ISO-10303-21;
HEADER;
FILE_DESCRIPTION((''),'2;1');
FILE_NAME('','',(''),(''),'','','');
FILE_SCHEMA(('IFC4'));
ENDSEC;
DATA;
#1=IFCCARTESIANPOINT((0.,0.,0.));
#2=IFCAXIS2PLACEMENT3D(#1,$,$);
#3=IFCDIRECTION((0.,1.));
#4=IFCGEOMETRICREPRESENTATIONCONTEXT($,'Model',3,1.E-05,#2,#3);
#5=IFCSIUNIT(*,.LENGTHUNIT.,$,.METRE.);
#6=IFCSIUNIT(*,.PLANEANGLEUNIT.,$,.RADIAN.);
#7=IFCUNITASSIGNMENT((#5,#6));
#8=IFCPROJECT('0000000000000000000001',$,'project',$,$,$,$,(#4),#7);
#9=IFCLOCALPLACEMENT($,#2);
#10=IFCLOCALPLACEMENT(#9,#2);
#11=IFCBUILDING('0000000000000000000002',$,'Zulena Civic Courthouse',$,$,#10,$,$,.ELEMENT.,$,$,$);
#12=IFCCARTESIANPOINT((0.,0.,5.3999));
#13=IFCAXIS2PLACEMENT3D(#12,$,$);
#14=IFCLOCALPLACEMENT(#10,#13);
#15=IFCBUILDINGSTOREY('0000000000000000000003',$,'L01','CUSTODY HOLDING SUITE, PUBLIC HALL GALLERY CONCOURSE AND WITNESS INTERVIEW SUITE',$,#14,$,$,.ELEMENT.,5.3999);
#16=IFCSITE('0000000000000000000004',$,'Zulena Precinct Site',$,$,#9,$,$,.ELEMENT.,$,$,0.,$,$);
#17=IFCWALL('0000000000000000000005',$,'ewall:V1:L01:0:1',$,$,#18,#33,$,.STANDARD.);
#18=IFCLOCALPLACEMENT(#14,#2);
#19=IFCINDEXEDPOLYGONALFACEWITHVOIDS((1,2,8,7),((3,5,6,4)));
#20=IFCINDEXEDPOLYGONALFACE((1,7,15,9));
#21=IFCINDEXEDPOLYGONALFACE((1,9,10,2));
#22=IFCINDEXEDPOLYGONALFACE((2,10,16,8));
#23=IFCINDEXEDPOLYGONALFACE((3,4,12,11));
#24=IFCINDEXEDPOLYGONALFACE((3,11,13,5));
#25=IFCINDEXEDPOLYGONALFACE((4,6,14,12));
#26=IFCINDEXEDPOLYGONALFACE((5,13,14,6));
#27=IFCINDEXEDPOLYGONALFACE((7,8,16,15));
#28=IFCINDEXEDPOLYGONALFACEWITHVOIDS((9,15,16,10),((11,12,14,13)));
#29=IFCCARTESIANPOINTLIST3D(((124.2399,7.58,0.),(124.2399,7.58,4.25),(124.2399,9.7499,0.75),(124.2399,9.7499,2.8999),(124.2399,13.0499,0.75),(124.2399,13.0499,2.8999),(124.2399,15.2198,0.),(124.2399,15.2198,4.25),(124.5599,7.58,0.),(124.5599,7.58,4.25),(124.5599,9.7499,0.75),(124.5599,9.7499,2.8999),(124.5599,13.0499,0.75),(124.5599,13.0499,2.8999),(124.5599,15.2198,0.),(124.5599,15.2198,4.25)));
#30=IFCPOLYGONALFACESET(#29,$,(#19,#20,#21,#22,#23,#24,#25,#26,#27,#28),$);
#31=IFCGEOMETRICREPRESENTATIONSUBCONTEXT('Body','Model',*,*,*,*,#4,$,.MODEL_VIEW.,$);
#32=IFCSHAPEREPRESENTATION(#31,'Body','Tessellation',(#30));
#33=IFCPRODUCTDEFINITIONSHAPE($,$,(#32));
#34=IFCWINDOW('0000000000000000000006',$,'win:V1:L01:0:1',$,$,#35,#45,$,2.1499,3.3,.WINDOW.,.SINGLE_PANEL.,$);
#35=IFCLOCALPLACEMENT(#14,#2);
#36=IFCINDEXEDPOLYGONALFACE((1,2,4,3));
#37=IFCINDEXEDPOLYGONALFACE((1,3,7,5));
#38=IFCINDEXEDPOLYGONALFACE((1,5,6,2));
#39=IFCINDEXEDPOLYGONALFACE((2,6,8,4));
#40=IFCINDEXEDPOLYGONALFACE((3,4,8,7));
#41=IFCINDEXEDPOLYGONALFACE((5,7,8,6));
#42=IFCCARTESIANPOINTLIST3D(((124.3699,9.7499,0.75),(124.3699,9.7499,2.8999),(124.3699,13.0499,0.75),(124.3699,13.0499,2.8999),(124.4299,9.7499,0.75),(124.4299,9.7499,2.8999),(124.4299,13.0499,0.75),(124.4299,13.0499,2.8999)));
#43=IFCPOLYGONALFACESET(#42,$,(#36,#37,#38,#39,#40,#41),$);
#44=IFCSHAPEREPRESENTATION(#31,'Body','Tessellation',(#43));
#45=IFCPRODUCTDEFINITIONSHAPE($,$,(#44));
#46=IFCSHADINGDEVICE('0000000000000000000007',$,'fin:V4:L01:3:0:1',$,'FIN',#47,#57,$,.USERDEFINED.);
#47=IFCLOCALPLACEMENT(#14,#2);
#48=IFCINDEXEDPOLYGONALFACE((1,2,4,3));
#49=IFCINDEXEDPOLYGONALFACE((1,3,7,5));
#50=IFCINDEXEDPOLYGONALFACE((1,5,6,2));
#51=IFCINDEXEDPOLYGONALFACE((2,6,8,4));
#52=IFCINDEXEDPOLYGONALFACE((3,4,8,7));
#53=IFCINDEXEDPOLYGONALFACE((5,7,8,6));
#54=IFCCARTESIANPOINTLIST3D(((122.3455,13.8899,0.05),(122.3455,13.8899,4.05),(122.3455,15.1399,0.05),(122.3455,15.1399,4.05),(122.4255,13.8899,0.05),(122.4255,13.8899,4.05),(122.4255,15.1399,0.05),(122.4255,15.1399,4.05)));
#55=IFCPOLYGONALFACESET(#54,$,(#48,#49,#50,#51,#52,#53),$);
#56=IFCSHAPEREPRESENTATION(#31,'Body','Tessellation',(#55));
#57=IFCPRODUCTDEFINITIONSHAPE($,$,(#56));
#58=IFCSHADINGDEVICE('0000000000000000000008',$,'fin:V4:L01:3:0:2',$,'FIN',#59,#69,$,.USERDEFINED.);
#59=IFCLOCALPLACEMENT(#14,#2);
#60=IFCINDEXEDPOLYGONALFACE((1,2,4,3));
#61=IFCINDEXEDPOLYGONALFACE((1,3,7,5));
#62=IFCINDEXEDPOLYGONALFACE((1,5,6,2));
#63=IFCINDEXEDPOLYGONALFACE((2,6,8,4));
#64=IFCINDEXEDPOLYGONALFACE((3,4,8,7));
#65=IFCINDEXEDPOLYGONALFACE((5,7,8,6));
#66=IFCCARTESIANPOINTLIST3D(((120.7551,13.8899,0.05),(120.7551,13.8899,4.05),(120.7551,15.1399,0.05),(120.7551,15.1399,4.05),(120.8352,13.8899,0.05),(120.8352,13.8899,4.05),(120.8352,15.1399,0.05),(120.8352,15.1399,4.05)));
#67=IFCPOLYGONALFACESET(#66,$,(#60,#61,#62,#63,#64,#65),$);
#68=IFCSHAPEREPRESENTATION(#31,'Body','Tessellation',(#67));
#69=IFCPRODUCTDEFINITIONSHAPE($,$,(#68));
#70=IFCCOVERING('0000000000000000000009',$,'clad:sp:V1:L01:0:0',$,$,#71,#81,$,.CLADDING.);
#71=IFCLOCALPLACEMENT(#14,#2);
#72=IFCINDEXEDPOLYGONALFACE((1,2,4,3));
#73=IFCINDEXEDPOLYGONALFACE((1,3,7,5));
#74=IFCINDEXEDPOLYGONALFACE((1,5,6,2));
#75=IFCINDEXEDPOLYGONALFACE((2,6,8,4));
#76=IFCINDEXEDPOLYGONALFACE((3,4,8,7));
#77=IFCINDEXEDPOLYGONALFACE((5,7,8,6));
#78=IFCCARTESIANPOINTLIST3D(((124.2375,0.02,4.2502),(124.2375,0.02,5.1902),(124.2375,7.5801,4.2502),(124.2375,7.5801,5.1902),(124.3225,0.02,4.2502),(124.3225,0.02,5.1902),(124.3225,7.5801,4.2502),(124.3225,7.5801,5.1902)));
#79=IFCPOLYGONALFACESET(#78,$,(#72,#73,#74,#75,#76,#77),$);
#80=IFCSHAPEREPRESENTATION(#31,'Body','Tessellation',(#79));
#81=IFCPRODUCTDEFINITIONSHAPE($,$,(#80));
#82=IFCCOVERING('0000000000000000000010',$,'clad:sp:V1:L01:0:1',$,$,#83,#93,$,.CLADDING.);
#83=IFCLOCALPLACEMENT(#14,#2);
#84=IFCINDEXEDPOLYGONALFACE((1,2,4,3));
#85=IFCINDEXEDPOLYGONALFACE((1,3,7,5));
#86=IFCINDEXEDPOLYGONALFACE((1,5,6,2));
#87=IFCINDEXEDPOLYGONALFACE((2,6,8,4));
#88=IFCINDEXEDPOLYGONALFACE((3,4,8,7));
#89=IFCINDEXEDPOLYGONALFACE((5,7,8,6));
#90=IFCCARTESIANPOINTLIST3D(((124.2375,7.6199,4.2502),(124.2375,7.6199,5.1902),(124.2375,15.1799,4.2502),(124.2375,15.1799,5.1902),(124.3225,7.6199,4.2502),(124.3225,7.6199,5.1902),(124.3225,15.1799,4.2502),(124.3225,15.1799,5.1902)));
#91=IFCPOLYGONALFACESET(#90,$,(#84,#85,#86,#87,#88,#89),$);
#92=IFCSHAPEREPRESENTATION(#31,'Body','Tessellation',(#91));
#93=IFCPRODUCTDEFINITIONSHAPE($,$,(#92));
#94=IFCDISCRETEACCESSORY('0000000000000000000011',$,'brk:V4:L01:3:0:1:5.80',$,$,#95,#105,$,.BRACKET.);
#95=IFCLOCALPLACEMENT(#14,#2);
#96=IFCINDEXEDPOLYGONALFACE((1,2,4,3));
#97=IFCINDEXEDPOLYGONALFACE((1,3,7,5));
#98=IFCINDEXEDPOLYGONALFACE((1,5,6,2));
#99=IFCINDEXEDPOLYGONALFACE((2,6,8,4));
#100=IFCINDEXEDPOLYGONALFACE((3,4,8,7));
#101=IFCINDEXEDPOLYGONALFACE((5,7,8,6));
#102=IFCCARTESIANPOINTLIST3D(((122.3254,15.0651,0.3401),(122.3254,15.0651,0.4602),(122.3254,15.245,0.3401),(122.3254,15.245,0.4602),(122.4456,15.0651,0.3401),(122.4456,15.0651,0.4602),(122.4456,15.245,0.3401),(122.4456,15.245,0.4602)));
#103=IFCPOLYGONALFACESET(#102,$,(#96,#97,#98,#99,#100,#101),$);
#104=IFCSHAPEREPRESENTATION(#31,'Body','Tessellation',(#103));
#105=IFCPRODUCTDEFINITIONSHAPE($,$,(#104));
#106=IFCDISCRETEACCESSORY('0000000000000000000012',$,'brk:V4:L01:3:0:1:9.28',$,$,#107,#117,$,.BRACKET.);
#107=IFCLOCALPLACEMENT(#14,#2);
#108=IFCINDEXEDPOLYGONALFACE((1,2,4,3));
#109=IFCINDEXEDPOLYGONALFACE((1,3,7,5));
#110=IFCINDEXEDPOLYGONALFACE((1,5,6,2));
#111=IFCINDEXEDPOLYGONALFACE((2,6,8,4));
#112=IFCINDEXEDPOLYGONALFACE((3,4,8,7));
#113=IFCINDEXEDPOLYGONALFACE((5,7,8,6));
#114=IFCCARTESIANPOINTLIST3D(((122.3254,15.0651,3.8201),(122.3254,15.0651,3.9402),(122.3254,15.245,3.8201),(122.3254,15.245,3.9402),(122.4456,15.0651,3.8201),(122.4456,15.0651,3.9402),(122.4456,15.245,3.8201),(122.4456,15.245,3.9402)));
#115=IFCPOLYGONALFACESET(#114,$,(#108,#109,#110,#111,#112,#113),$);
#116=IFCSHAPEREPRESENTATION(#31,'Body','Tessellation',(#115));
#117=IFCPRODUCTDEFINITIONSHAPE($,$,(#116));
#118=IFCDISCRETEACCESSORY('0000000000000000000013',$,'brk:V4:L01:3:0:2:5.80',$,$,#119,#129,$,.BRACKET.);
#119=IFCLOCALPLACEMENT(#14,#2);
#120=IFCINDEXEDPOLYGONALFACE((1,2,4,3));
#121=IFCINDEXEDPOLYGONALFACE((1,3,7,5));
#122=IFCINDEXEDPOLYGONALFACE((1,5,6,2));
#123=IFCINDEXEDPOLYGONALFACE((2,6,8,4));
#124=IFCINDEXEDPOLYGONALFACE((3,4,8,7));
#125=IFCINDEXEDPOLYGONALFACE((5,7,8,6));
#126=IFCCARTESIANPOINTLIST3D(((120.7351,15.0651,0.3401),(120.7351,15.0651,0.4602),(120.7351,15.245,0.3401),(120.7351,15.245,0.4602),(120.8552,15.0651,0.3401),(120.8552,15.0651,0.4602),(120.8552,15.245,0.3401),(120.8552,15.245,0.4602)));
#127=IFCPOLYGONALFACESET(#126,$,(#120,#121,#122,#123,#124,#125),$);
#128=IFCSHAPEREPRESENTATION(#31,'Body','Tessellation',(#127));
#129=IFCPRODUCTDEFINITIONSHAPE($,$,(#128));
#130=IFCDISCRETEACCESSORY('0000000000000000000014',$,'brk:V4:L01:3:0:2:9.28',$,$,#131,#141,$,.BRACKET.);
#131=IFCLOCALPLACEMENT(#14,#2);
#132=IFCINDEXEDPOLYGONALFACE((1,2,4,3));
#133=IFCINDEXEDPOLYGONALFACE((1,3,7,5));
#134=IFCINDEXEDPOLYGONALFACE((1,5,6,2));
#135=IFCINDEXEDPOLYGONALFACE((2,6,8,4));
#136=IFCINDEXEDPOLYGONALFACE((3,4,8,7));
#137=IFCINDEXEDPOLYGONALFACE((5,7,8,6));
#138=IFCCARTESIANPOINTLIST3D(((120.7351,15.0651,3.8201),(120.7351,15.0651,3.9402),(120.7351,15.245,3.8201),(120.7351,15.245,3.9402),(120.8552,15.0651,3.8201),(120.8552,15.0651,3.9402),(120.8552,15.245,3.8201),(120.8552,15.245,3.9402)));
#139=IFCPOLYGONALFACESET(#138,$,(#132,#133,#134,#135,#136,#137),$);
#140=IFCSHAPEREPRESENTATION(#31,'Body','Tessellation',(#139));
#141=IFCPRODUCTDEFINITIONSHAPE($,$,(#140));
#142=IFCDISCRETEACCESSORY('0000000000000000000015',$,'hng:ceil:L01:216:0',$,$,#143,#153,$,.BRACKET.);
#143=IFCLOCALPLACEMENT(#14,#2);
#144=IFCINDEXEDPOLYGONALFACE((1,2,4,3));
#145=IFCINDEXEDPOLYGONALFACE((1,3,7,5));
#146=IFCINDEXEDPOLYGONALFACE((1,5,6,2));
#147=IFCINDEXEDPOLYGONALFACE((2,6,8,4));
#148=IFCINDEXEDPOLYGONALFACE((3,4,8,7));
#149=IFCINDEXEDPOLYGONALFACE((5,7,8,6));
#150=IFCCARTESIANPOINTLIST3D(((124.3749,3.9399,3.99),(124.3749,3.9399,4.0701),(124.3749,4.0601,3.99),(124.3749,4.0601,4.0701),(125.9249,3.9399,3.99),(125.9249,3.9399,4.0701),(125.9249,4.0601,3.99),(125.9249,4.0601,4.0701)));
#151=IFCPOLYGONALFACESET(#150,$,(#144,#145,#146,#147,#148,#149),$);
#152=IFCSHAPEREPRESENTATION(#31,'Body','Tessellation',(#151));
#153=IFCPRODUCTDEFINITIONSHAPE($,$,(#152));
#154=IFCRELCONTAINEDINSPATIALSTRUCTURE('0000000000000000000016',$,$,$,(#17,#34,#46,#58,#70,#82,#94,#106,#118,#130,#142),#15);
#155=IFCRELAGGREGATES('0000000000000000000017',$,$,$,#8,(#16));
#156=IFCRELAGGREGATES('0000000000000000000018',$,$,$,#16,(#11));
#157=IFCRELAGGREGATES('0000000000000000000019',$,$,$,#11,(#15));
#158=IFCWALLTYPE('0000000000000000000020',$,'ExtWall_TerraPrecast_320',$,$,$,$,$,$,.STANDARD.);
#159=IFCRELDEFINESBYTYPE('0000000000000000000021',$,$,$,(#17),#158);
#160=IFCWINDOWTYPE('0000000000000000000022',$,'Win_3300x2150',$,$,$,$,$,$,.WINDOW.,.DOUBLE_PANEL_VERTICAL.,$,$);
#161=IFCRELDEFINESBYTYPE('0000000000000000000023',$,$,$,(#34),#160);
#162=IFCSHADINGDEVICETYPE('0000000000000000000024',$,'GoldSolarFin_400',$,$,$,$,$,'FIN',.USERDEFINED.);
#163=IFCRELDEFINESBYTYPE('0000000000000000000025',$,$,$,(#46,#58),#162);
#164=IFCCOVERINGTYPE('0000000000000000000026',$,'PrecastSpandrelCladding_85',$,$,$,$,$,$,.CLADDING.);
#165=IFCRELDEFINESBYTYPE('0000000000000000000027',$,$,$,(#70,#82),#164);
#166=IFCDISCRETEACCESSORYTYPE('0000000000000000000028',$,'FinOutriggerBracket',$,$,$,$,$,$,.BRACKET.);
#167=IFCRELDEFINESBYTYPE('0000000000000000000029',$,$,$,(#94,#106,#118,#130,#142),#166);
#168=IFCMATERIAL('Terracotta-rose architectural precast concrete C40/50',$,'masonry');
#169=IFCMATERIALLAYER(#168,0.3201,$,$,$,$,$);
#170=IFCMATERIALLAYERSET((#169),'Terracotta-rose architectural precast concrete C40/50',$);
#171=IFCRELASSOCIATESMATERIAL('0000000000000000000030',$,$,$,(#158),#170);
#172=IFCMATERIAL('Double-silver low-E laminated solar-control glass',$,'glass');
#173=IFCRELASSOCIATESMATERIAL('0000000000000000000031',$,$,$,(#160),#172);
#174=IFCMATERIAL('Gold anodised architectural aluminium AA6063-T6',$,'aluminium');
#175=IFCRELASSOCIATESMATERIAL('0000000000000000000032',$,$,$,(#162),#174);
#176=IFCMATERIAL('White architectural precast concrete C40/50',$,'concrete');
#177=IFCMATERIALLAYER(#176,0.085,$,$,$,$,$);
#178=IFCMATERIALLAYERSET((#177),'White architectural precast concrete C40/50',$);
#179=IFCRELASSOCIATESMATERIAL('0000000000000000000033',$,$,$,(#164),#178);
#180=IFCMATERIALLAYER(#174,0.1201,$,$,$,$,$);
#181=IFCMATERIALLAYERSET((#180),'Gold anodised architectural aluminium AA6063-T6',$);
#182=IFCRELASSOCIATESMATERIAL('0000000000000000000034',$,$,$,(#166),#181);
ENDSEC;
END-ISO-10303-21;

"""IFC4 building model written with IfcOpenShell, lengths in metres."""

from ifc_helpers import new_model, si_unit, direction, frame, frame_2d, origin, origin_2d, place, context, subcontext, project, spatial, rectangle, extrude, material, layer, layer_set, type_object, element, fill, save


model = new_model("IFC4")

# Units and contexts
model_context = context("Model", 3, precision=1e-05, world=origin(), true_north=direction((0.0, 1.0)))
body_context = subcontext(model_context, "Body", "Model", "MODEL_VIEW")
ifc_project = project(units=[si_unit("LENGTHUNIT", "METRE"), si_unit("PLANEANGLEUNIT", "RADIAN")], contexts=[model_context])

# Site, building, storey
site_placement = place(None, origin())
site = spatial("IfcSite", under=ifc_project, at=site_placement, Name="Zulena Precinct Site", CompositionType="ELEMENT", RefElevation=0.0)
building_placement = place(site_placement, origin())
building = spatial("IfcBuilding", under=site, at=building_placement, Name="Zulena Civic Courthouse", CompositionType="ELEMENT")
storey_placement = place(building_placement, frame((0.0, 0.0, 5.3999)))
storey = spatial("IfcBuildingStorey", under=building, at=storey_placement, Name="L01", Description="CUSTODY HOLDING SUITE, PUBLIC HALL GALLERY CONCOURSE AND WITNESS INTERVIEW SUITE", CompositionType="ELEMENT", Elevation=5.3999)

# Shared definitions
ifc_material_1 = material(Name="Double-silver low-E laminated solar-control glass", Category="glass")

# Wall, opening, window
ifc_material_2 = material(Name="Terracotta-rose architectural precast concrete C40/50", Category="masonry")
ifc_layer_1 = layer(ifc_material_2, 0.3201)
ifc_layer_set_1 = layer_set([ifc_layer_1], Name="Terracotta-rose architectural precast concrete C40/50")
wall_type = type_object("IfcWallType", Name="ExtWall_TerraPrecast_320", PredefinedType="STANDARD", material=ifc_layer_set_1)
wall_1_placement = place(storey_placement, frame((124.3999, 7.5801, 0.0), z_axis=(0.0, 0.0, 1.0), x_axis=(0.0, 1.0, 0.0)))
wall_1 = element("IfcWall", 1, at=wall_1_placement, inside=storey, type_object=wall_type, Name="ewall:V1:L01:0:1", PredefinedType="STANDARD", context=body_context, shape_type="SweptSolid", body=[
    extrude(rectangle(XDim=7.6399, YDim=0.3201, at=frame_2d((3.8198, 0.0))), origin(), (0.0, 0.0, 1.0), 4.25),
])
opening_1_placement = place(wall_1_placement, frame((2.1699, 0.0, 0.75)))
opening_1 = element("IfcOpeningElement", 2, at=opening_1_placement, cuts=wall_1, PredefinedType="OPENING", context=body_context, shape_type="SweptSolid", body=[
    extrude(rectangle(XDim=3.3, YDim=2.1499, at=frame_2d((1.6499, 1.075))), frame((0.0, 0.1699, 0.0), z_axis=(0.0, -1.0, 0.0), x_axis=(1.0, 0.0, 0.0)), (0.0, 0.0, 1.0), 0.3401),
])
window_type_1 = type_object("IfcWindowType", Name="Win_3300x2150", PartitioningType="DOUBLE_PANEL_VERTICAL", PredefinedType="WINDOW", material=ifc_material_1)
window_1_placement = place(opening_1_placement, origin())
window_1 = element("IfcWindow", 3, at=window_1_placement, inside=storey, type_object=window_type_1, Name="win:V1:L01:0:1", OverallHeight=2.1499, OverallWidth=3.3, PartitioningType="SINGLE_PANEL", PredefinedType="WINDOW", context=body_context, shape_type="SweptSolid", body=[
    extrude(rectangle(XDim=3.3, YDim=2.1499, at=frame_2d((1.6499, 1.075))), frame((0.0, 0.03, 0.0), z_axis=(0.0, -1.0, 0.0), x_axis=(1.0, 0.0, 0.0)), (0.0, 0.0, 1.0), 0.0601),
])
fill(opening_1, window_1)

# Shading devices
ifc_material_3 = material(Name="Gold anodised architectural aluminium AA6063-T6", Category="aluminium")
shading_device_type = type_object("IfcShadingDeviceType", Name="GoldSolarFin_400", ElementType="FIN", PredefinedType="USERDEFINED", material=ifc_material_3)
for number, where, z_axis, x_axis, name in (
    (4, (122.3855, 14.5149, 0.05), (0.0, 0.0, 1.0), (0.0, -1.0, 0.0), "fin:V4:L01:3:0:1"),
    (5, (120.7952, 14.5149, 0.05), (0.0, 0.0, 1.0), (0.0, -1.0, 0.0), "fin:V4:L01:3:0:2"),
):
    element("IfcShadingDevice", number, at=place(storey_placement, frame(where, z_axis=z_axis, x_axis=x_axis)), inside=storey, type_object=shading_device_type, Name=name, ObjectType="FIN", PredefinedType="USERDEFINED", context=body_context, shape_type="SweptSolid", body=[
        extrude(rectangle(XDim=1.25, YDim=0.0801, at=origin_2d()), origin(), (0.0, 0.0, 1.0), 4.0),
    ])

# Coverings
ifc_material_4 = material(Name="White architectural precast concrete C40/50", Category="concrete")
ifc_layer_2 = layer(ifc_material_4, 0.085)
ifc_layer_set_2 = layer_set([ifc_layer_2], Name="White architectural precast concrete C40/50")
covering_type = type_object("IfcCoveringType", Name="PrecastSpandrelCladding_85", PredefinedType="CLADDING", material=ifc_layer_set_2)
for number, where, z_axis, x_axis, name in (
    (6, (124.28, 3.8, 4.2502), (0.0, 0.0, 1.0), (0.0, 1.0, 0.0), "clad:sp:V1:L01:0:0"),
    (7, (124.28, 11.3999, 4.2502), (0.0, 0.0, 1.0), (0.0, 1.0, 0.0), "clad:sp:V1:L01:0:1"),
):
    element("IfcCovering", number, at=place(storey_placement, frame(where, z_axis=z_axis, x_axis=x_axis)), inside=storey, type_object=covering_type, Name=name, PredefinedType="CLADDING", context=body_context, shape_type="SweptSolid", body=[
        extrude(rectangle(XDim=7.5601, YDim=0.085, at=origin_2d()), origin(), (0.0, 0.0, 1.0), 0.9399),
    ])

# Discrete accessories
ifc_layer_3 = layer(ifc_material_3, 0.1201)
ifc_layer_set_3 = layer_set([ifc_layer_3], Name="Gold anodised architectural aluminium AA6063-T6")
discrete_accessory_type = type_object("IfcDiscreteAccessoryType", Name="FinOutriggerBracket", PredefinedType="BRACKET", material=ifc_layer_set_3)
for number, where, z_axis, x_axis, name in (
    (8, (122.3855, 15.155, 0.3401), (0.0, 0.0, 1.0), (0.0, -1.0, 0.0), "brk:V4:L01:3:0:1:5.80"),
    (9, (122.3855, 15.155, 3.8201), (0.0, 0.0, 1.0), (0.0, -1.0, 0.0), "brk:V4:L01:3:0:1:9.28"),
    (10, (120.7952, 15.155, 0.3401), (0.0, 0.0, 1.0), (0.0, -1.0, 0.0), "brk:V4:L01:3:0:2:5.80"),
    (11, (120.7952, 15.155, 3.8201), (0.0, 0.0, 1.0), (0.0, -1.0, 0.0), "brk:V4:L01:3:0:2:9.28"),
):
    element("IfcDiscreteAccessory", number, at=place(storey_placement, frame(where, z_axis=z_axis, x_axis=x_axis)), inside=storey, type_object=discrete_accessory_type, Name=name, PredefinedType="BRACKET", context=body_context, shape_type="SweptSolid", body=[
        extrude(rectangle(XDim=0.1799, YDim=0.1201, at=origin_2d()), origin(), (0.0, 0.0, 1.0), 0.1201),
    ])
discrete_accessory_placement = place(storey_placement, frame((125.1499, 4.0, 3.99), z_axis=(0.0, 0.0, 1.0), x_axis=(1.0, 0.0, 0.0)))
element("IfcDiscreteAccessory", 12, at=discrete_accessory_placement, inside=storey, type_object=discrete_accessory_type, Name="hng:ceil:L01:216:0", PredefinedType="BRACKET", context=body_context, shape_type="SweptSolid", body=[
    extrude(rectangle(XDim=1.55, YDim=0.1201, at=origin_2d()), origin(), (0.0, 0.0, 1.0), 0.0801),
])

save(model, "model.ifc")
